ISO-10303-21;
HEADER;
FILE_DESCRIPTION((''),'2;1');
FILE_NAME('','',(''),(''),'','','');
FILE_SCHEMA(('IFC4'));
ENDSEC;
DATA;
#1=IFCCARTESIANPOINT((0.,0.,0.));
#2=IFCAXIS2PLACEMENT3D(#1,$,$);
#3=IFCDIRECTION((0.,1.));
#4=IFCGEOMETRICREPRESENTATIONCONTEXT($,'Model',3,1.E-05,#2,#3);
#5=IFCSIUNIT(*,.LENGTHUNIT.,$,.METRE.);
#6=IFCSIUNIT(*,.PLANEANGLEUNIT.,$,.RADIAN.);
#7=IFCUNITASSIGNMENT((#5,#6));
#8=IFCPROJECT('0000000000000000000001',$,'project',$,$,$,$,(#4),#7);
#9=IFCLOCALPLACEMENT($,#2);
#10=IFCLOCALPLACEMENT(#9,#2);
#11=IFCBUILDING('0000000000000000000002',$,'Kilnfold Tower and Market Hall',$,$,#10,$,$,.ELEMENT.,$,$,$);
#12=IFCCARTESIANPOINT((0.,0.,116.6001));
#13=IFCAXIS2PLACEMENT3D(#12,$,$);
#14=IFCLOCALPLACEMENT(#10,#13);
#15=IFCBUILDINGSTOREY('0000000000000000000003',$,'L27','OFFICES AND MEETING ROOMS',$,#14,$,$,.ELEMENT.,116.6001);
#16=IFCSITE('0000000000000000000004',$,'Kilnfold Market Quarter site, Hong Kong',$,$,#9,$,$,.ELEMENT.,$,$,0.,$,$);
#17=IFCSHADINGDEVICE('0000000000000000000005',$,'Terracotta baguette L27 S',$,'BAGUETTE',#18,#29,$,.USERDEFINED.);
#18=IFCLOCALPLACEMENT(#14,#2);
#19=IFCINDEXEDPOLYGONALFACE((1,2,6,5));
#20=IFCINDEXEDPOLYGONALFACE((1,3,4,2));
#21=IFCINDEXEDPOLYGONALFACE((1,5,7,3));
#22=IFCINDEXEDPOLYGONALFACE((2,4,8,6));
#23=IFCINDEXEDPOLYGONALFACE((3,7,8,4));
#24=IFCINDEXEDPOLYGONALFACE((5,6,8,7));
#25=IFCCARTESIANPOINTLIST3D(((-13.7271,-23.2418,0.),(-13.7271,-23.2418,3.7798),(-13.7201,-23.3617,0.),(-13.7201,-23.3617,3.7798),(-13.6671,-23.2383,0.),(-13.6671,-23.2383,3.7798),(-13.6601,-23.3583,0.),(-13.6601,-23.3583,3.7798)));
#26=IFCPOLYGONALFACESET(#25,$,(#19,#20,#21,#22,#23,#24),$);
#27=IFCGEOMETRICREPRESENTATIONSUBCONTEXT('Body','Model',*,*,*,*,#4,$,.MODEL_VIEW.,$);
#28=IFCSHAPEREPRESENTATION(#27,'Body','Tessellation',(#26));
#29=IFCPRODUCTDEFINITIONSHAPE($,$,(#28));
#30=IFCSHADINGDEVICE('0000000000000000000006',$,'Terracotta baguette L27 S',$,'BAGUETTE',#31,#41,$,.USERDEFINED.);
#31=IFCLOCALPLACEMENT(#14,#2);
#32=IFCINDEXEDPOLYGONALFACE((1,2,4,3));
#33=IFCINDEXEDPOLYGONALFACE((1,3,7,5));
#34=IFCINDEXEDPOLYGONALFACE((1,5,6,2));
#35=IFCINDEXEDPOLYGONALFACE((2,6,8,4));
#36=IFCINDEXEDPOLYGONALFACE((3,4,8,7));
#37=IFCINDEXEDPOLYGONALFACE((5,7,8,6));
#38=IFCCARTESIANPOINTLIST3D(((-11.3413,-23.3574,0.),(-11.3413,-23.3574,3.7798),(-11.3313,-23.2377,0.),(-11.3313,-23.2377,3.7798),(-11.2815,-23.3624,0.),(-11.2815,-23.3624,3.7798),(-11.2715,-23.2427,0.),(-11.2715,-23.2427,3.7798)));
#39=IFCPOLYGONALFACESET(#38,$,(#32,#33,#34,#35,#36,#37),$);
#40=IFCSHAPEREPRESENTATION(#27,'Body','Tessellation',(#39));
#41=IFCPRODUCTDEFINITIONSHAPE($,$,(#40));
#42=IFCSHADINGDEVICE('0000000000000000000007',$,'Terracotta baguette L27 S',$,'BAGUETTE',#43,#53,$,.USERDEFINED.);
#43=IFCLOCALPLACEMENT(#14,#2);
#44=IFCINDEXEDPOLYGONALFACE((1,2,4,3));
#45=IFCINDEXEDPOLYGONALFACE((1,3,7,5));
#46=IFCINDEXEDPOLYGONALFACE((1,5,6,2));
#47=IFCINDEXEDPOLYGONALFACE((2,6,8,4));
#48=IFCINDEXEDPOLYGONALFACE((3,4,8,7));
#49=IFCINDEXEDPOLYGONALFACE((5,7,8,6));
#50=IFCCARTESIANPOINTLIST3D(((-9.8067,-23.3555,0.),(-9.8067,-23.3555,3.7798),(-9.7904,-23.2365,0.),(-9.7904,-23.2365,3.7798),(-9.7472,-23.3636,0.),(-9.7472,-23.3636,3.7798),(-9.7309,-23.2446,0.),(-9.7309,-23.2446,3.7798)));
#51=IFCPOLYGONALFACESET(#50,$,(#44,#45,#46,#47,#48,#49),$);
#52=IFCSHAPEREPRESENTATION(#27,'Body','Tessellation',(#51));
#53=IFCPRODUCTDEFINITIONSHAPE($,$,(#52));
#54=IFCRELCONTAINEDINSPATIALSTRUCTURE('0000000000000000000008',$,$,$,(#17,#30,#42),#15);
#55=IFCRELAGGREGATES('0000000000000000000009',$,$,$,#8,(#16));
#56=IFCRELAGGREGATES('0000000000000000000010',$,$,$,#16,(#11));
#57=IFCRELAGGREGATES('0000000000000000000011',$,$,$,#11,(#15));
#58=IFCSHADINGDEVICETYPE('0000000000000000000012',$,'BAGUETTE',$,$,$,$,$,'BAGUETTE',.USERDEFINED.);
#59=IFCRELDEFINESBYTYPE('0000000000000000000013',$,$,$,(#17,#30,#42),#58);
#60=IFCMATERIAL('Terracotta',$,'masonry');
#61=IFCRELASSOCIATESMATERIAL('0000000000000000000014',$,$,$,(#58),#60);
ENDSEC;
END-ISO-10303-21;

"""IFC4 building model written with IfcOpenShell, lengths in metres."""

from ifc_helpers import new_model, si_unit, direction, frame, origin, origin_2d, place, context, subcontext, project, spatial, rectangle, extrude, source, transform, mapped, material, material_profile, profile_set, type_object, element, save


model = new_model("IFC4")

# Units and contexts
model_context = context("Model", 3, precision=1e-05, world=origin(), true_north=direction((0.0, 1.0)))
body_context = subcontext(model_context, "Body", "Model", "MODEL_VIEW")
ifc_project = project(units=[si_unit("LENGTHUNIT", "METRE"), si_unit("PLANEANGLEUNIT", "RADIAN")], contexts=[model_context])

# Site, building, storey
site_placement = place(None, origin())
site = spatial("IfcSite", under=ifc_project, at=site_placement, Name="Kilnfold Market Quarter site, Hong Kong", CompositionType="ELEMENT", RefElevation=0.0)
building_placement = place(site_placement, origin())
building = spatial("IfcBuilding", under=site, at=building_placement, Name="Kilnfold Tower and Market Hall", CompositionType="ELEMENT")
storey_placement = place(building_placement, frame((0.0, 0.0, 116.6001)))
storey = spatial("IfcBuildingStorey", under=building, at=storey_placement, Name="L27", Description="OFFICES AND MEETING ROOMS", CompositionType="ELEMENT", Elevation=116.6001)

# Shading devices
ifc_material_1 = material(Name="Terracotta", Category="masonry")
ifc_material_profile_1 = material_profile(ifc_material_1, rectangle(XDim=0.0601, YDim=0.1201, at=origin_2d()), Name="BAG 60x120")
ifc_profile_set_1 = profile_set([ifc_material_profile_1], Name="Terracotta")
shading_device_type = type_object("IfcShadingDeviceType", Name="BAGUETTE", ElementType="BAGUETTE", PredefinedType="USERDEFINED", material=ifc_profile_set_1)
shared_shape_1 = source(origin(), body_context, "Body", "SweptSolid", [
    extrude(rectangle(XDim=0.0601, YDim=0.1201, at=origin_2d()), origin(), (0.0, 0.0, 1.0), 3.7798),
])
for number, where, z_axis, x_axis, name in (
    (1, (-13.6936, -23.3, 0.0), (0.0, 0.0, 1.0), (0.998314, 0.05804, 0.0), "Terracotta baguette L27 S"),
    (2, (-11.3064, -23.3, 0.0), (0.0, 0.0, 1.0), (0.996502, -0.083573, 0.0), "Terracotta baguette L27 S"),
    (3, (-9.7688, -23.3, 0.0), (0.0, 0.0, 1.0), (0.990809, -0.135268, 0.0), "Terracotta baguette L27 S"),
):
    element("IfcShadingDevice", number, at=place(storey_placement, frame(where, z_axis=z_axis, x_axis=x_axis)), inside=storey, type_object=shading_device_type, Name=name, ObjectType="BAGUETTE", PredefinedType="USERDEFINED", context=body_context, shape_type="MappedRepresentation", body=[
        mapped(shared_shape_1, transform((0.0, 0.0, 0.0))),
    ])

save(model, "model.ifc")
